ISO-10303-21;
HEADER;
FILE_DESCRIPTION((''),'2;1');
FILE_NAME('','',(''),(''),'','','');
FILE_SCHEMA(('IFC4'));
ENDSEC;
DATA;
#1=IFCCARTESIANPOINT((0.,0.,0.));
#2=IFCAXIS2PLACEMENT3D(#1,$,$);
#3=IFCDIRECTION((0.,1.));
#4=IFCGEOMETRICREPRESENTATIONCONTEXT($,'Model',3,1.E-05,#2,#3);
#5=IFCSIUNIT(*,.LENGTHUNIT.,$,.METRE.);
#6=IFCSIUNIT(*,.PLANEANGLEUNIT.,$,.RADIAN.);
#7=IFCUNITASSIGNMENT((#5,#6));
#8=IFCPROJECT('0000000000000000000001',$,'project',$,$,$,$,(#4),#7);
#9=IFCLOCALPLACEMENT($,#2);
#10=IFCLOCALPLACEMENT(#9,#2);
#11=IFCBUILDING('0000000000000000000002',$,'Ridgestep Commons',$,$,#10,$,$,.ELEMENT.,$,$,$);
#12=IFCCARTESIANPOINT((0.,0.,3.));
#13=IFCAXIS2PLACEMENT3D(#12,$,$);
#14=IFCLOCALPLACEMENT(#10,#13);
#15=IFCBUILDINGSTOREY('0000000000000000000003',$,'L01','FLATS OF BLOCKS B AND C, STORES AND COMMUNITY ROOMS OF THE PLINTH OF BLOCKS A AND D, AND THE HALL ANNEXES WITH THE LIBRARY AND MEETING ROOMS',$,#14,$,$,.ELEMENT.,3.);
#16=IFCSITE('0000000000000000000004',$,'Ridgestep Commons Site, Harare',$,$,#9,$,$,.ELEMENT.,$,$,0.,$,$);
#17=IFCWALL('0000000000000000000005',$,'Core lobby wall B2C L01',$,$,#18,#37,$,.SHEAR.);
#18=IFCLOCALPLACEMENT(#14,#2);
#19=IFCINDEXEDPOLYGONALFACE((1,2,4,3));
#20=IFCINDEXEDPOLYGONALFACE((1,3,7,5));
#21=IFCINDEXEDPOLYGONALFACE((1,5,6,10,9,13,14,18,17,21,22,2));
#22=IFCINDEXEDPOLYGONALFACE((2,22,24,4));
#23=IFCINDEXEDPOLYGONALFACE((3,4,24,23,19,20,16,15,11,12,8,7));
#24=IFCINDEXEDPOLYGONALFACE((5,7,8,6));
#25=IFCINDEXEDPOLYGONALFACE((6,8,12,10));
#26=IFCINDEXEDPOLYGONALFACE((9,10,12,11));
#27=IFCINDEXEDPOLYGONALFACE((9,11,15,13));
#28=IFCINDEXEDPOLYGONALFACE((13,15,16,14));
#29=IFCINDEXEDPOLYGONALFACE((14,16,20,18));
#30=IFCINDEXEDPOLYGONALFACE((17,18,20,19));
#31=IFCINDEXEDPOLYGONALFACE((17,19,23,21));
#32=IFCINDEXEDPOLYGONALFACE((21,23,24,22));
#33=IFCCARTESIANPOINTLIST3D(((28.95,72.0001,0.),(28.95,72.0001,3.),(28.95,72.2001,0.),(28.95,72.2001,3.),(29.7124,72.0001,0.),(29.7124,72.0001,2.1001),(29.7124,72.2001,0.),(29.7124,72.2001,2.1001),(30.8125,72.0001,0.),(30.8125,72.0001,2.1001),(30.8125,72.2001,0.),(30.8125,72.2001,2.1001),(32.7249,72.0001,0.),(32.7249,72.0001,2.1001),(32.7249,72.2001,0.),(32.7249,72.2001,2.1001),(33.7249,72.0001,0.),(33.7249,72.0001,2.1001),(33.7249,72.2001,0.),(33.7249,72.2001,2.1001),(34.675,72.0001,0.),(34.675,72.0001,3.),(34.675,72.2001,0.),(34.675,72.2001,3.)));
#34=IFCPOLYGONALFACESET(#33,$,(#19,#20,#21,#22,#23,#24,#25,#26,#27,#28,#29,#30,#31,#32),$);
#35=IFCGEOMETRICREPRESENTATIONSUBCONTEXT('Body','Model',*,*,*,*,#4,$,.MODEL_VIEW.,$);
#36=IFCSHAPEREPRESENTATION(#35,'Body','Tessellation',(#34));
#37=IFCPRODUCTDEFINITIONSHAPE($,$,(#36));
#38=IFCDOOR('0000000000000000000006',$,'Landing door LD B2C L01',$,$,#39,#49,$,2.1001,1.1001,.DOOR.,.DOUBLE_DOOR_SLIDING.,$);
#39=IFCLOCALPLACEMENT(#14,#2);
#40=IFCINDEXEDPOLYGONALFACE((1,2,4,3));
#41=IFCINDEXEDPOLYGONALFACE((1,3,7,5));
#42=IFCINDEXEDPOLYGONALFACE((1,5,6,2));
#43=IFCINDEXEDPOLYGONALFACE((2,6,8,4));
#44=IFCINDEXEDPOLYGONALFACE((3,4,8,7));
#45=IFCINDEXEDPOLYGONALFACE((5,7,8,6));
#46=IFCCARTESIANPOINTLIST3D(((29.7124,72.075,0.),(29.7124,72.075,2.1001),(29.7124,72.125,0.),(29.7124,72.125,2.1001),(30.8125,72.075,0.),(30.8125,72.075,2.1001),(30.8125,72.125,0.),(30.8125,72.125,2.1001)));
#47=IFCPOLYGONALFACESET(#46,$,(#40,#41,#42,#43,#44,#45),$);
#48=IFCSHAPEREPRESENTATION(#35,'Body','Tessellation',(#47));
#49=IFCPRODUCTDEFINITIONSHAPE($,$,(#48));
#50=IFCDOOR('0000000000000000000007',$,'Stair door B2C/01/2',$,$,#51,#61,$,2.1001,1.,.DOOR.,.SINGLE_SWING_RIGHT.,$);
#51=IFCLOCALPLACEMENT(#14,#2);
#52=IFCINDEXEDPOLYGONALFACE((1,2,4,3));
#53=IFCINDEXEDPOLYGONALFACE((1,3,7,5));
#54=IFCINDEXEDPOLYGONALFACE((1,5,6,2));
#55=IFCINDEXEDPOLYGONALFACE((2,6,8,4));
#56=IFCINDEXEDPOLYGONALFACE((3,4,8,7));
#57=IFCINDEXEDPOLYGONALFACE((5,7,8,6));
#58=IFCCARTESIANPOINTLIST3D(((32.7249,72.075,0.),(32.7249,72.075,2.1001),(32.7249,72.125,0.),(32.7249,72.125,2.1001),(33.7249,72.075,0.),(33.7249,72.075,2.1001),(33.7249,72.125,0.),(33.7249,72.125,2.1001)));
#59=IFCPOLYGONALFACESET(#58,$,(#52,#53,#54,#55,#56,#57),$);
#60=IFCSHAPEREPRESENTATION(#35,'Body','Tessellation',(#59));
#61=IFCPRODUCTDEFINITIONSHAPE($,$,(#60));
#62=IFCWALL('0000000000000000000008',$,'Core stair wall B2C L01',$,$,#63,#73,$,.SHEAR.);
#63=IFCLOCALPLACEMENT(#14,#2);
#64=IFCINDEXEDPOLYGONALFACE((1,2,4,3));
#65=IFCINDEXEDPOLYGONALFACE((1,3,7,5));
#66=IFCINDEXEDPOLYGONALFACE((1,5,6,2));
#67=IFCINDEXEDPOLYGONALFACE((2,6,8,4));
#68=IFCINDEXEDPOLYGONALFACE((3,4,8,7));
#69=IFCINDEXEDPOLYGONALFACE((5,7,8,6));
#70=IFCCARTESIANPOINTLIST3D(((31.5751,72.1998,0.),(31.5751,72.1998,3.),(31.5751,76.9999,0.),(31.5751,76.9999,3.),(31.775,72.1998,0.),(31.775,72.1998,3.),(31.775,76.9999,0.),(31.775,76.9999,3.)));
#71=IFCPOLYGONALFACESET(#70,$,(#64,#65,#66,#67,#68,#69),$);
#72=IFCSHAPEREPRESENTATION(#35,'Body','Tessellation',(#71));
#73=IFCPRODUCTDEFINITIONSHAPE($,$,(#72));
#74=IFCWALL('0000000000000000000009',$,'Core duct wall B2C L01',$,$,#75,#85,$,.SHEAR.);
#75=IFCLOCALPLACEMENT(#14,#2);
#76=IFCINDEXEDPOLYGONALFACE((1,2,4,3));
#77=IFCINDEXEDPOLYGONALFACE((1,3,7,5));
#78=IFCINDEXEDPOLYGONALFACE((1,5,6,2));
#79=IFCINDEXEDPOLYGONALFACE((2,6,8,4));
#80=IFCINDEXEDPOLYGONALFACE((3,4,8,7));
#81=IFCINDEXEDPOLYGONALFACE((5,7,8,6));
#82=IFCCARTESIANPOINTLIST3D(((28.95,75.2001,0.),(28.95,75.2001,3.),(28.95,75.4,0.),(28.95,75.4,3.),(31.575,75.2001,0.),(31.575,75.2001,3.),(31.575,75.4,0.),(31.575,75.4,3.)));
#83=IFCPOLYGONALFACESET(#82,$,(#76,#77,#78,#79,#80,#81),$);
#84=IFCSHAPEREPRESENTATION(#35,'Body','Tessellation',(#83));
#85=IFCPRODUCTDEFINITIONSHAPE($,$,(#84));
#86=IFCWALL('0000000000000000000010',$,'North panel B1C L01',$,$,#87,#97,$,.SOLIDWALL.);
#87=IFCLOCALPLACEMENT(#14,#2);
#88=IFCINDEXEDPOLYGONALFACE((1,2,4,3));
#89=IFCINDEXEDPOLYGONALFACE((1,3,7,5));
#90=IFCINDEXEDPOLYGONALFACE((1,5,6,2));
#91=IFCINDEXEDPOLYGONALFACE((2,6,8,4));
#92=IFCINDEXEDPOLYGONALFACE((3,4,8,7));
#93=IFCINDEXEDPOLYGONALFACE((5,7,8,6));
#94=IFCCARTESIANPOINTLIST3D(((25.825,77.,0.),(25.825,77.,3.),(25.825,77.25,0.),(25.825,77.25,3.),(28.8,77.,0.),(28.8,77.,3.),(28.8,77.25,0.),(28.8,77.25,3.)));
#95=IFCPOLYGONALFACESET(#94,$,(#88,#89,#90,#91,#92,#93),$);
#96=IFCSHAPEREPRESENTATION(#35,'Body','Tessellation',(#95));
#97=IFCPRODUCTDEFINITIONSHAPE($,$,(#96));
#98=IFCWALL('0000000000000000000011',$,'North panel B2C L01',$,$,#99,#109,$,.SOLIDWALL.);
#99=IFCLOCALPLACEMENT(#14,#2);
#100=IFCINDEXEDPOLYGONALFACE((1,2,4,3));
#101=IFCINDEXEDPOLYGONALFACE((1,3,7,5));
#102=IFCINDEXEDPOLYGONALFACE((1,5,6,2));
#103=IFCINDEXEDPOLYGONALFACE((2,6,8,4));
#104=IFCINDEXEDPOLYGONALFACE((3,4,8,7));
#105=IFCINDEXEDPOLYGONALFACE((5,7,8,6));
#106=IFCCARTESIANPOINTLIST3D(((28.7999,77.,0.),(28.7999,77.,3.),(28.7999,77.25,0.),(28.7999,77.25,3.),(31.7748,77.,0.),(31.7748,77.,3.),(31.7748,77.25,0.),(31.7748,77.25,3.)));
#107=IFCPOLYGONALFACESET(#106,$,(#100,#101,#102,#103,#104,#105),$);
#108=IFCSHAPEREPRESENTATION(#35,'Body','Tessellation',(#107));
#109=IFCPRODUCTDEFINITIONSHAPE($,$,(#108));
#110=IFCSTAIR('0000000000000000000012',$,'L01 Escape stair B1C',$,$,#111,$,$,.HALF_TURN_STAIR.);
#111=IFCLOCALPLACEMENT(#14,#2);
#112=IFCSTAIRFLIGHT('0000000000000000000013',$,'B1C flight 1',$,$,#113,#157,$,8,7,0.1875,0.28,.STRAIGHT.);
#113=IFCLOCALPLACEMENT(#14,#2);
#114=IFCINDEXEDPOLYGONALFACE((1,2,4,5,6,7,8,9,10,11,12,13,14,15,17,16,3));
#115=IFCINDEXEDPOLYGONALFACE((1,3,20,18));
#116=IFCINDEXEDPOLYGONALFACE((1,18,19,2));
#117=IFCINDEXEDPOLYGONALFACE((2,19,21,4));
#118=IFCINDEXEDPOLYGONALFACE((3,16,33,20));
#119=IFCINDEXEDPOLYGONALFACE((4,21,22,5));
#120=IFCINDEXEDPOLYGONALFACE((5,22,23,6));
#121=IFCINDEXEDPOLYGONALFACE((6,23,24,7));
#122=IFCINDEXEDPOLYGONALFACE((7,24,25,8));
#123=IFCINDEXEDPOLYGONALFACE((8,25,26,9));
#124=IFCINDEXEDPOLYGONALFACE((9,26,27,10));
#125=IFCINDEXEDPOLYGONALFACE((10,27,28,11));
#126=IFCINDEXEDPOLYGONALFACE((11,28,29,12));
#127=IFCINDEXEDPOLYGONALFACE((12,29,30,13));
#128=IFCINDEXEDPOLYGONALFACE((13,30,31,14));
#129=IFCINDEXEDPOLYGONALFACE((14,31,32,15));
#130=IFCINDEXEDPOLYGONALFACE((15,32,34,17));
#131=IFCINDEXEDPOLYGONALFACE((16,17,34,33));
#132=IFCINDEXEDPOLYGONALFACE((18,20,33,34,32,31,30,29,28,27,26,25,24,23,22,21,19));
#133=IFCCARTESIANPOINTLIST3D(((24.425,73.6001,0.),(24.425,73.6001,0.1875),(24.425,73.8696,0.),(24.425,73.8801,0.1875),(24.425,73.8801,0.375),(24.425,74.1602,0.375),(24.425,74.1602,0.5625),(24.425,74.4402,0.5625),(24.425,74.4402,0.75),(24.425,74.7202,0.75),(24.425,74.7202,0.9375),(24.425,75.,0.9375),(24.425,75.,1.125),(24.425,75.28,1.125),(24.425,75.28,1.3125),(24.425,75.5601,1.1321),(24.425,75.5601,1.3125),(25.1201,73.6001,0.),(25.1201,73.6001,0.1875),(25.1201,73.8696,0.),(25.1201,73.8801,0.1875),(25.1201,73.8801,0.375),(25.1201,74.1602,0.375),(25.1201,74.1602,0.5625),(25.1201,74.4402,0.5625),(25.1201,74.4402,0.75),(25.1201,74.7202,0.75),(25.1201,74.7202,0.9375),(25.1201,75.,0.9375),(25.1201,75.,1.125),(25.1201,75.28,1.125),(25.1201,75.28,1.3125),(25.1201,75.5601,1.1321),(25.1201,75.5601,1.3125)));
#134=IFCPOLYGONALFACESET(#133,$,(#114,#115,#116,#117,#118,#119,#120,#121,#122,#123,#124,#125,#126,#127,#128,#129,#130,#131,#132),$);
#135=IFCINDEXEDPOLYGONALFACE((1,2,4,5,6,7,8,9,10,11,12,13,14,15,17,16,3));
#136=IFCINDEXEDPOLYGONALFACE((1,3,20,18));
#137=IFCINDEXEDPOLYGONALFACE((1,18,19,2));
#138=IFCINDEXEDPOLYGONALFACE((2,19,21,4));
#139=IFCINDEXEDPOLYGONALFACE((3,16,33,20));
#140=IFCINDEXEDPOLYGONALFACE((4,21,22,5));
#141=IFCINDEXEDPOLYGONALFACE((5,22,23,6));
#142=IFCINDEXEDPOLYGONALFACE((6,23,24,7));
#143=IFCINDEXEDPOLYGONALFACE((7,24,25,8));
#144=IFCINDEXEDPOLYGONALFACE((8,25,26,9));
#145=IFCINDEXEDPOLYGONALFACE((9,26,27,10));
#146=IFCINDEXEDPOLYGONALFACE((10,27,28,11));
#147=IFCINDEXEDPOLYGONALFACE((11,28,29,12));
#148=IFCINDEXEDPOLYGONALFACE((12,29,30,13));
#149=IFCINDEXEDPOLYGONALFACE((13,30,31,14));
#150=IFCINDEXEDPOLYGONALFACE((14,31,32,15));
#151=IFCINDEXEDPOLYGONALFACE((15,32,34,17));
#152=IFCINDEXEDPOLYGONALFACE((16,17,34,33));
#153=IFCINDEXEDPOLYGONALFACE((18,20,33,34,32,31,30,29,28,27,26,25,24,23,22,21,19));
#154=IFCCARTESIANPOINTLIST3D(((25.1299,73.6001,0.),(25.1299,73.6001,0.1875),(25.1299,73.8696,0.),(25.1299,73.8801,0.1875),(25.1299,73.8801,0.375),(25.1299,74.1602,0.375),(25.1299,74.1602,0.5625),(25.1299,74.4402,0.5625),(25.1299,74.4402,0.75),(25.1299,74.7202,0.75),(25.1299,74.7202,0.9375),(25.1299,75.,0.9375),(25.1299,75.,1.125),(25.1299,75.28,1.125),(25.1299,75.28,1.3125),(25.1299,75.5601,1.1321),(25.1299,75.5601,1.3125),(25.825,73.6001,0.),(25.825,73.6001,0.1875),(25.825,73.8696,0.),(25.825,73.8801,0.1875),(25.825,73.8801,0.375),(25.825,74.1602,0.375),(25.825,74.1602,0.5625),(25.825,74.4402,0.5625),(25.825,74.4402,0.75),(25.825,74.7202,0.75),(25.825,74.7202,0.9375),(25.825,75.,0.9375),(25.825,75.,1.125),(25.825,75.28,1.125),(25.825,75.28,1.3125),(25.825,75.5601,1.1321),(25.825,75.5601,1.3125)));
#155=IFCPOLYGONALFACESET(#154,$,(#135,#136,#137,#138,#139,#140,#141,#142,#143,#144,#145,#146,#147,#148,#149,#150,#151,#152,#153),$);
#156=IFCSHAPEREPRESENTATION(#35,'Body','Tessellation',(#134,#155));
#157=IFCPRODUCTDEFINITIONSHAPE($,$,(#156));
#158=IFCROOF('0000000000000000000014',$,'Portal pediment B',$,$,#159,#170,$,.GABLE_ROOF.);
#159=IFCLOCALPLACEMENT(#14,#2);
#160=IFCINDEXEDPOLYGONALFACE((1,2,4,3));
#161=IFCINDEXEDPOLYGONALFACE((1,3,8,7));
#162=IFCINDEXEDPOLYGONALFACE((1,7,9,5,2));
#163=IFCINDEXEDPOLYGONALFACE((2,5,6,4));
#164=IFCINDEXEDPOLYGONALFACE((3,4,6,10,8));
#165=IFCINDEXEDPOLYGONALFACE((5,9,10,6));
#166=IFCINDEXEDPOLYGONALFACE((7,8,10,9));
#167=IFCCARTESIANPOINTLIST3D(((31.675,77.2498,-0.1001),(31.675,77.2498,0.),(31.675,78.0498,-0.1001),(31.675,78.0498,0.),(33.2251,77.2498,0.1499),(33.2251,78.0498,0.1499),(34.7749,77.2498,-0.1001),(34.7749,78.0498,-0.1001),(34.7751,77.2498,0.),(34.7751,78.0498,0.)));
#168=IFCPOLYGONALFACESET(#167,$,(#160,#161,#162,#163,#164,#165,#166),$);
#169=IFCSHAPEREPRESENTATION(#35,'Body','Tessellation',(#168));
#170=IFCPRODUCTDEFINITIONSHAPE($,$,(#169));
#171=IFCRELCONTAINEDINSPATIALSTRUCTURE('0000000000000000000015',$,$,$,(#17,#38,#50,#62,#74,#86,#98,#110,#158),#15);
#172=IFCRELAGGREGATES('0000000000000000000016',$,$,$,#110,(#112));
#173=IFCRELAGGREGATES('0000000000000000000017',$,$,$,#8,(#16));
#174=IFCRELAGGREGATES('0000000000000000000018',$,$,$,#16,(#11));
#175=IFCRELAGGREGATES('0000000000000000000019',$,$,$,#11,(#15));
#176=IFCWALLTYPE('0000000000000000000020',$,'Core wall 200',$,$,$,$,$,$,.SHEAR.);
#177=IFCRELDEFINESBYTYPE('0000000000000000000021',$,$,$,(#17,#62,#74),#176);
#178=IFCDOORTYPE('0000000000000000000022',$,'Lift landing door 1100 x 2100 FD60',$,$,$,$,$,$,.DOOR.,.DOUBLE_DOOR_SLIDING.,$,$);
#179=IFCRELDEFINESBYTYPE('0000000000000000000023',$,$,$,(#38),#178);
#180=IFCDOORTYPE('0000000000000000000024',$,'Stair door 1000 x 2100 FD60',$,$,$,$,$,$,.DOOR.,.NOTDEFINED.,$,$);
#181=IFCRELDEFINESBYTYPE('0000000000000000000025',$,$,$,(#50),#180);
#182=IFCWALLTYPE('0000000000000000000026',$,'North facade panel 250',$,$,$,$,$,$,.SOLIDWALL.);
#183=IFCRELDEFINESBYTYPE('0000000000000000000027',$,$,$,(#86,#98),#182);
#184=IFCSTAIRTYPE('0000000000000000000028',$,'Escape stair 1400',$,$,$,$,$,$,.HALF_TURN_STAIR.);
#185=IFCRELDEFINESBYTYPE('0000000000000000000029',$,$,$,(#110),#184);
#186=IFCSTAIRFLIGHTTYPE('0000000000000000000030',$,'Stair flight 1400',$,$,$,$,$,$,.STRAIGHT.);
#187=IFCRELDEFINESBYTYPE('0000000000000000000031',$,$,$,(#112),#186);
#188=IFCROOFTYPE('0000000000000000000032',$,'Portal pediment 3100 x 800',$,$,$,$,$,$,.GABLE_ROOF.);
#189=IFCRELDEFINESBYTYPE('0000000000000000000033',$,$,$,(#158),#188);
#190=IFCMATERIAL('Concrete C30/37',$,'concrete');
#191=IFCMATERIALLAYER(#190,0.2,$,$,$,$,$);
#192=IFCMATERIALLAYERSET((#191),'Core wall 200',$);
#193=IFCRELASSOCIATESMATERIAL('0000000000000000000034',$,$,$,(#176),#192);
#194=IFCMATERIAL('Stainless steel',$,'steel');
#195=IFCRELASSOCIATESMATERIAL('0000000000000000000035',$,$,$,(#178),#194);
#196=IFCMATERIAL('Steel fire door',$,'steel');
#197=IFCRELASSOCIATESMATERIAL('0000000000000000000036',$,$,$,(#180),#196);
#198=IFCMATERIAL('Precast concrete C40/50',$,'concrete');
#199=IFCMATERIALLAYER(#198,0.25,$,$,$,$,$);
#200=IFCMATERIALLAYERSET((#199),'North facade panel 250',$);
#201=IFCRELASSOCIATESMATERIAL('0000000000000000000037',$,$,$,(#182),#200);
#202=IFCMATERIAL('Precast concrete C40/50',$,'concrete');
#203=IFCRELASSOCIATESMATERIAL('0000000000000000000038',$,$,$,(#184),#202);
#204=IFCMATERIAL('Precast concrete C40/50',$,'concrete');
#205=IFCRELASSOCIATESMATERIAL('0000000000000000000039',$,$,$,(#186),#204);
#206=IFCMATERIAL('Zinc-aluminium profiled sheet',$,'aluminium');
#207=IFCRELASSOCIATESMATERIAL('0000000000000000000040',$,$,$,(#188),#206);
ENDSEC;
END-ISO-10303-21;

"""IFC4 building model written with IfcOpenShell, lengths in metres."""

from ifc_helpers import new_model, si_unit, direction, frame, frame_2d, origin, place, context, subcontext, project, spatial, polyline, rectangle, outline, extrude, material, layer, layer_set, type_object, element, fill, aggregate, save


model = new_model("IFC4")

# Units and contexts
model_context = context("Model", 3, precision=1e-05, world=origin(), true_north=direction((0.0, 1.0)))
body_context = subcontext(model_context, "Body", "Model", "MODEL_VIEW")
ifc_project = project(units=[si_unit("LENGTHUNIT", "METRE"), si_unit("PLANEANGLEUNIT", "RADIAN")], contexts=[model_context])

# Site, building, storey
site_placement = place(None, origin())
site = spatial("IfcSite", under=ifc_project, at=site_placement, Name="Ridgestep Commons Site, Harare", CompositionType="ELEMENT", RefElevation=0.0)
building_placement = place(site_placement, origin())
building = spatial("IfcBuilding", under=site, at=building_placement, Name="Ridgestep Commons", CompositionType="ELEMENT")
storey_placement = place(building_placement, frame((0.0, 0.0, 3.0)))
storey = spatial("IfcBuildingStorey", under=building, at=storey_placement, Name="L01", Description="FLATS OF BLOCKS B AND C, STORES AND COMMUNITY ROOMS OF THE PLINTH OF BLOCKS A AND D, AND THE HALL ANNEXES WITH THE LIBRARY AND MEETING ROOMS", CompositionType="ELEMENT", Elevation=3.0)

# Shared definitions
ifc_material_1 = material(Name="Concrete C30/37", Category="concrete")
ifc_layer_1 = layer(ifc_material_1, 0.2)
ifc_layer_set_1 = layer_set([ifc_layer_1], Name="Core wall 200")
wall_type_1 = type_object("IfcWallType", Name="Core wall 200", PredefinedType="SHEAR", material=ifc_layer_set_1)

# Wall, openings, doors
wall_1_placement = place(storey_placement, frame((28.95, 72.1001, 0.0), z_axis=(0.0, 0.0, 1.0), x_axis=(1.0, 0.0, 0.0)))
wall_1 = element("IfcWall", 1, at=wall_1_placement, inside=storey, type_object=wall_type_1, Name="Core lobby wall B2C L01", PredefinedType="SHEAR", context=body_context, shape_type="SweptSolid", body=[
    extrude(rectangle(XDim=5.7251, YDim=0.2, at=frame_2d((2.8625, 0.0))), origin(), (0.0, 0.0, 1.0), 3.0),
])
opening_1_placement = place(wall_1_placement, frame((3.7749, 0.0, 0.0)))
opening_1 = element("IfcOpeningElement", 2, at=opening_1_placement, cuts=wall_1, PredefinedType="OPENING", context=body_context, shape_type="SweptSolid", body=[
    extrude(rectangle(XDim=1.0, YDim=2.1001, at=frame_2d((0.5, 1.05))), frame((0.0, 0.1099, 0.0), z_axis=(0.0, -1.0, 0.0), x_axis=(1.0, 0.0, 0.0)), (0.0, 0.0, 1.0), 0.22),
])
opening_2_placement = place(wall_1_placement, frame((0.7625, 0.0, 0.0)))
opening_2 = element("IfcOpeningElement", 3, at=opening_2_placement, cuts=wall_1, PredefinedType="OPENING", context=body_context, shape_type="SweptSolid", body=[
    extrude(rectangle(XDim=1.1001, YDim=2.1001, at=frame_2d((0.55, 1.05))), frame((0.0, 0.1099, 0.0), z_axis=(0.0, -1.0, 0.0), x_axis=(1.0, 0.0, 0.0)), (0.0, 0.0, 1.0), 0.22),
])
ifc_material_2 = material(Name="Stainless steel", Category="steel")
door_type_1 = type_object("IfcDoorType", Name="Lift landing door 1100 x 2100 FD60", OperationType="DOUBLE_DOOR_SLIDING", PredefinedType="DOOR", material=ifc_material_2)
door_1_placement = place(opening_2_placement, origin())
door_1 = element("IfcDoor", 4, at=door_1_placement, inside=storey, type_object=door_type_1, Name="Landing door LD B2C L01", OperationType="DOUBLE_DOOR_SLIDING", OverallHeight=2.1001, OverallWidth=1.1001, PredefinedType="DOOR", context=body_context, shape_type="SweptSolid", body=[
    extrude(rectangle(XDim=1.1001, YDim=2.1001, at=frame_2d((0.55, 1.05))), frame((0.0, 0.0249, 0.0), z_axis=(0.0, -1.0, 0.0), x_axis=(1.0, 0.0, 0.0)), (0.0, 0.0, 1.0), 0.05),
])
fill(opening_2, door_1)
ifc_material_3 = material(Name="Steel fire door", Category="steel")
door_type_2 = type_object("IfcDoorType", Name="Stair door 1000 x 2100 FD60", OperationType="NOTDEFINED", PredefinedType="DOOR", material=ifc_material_3)
door_2_placement = place(opening_1_placement, origin())
door_2 = element("IfcDoor", 5, at=door_2_placement, inside=storey, type_object=door_type_2, Name="Stair door B2C/01/2", OperationType="SINGLE_SWING_RIGHT", OverallHeight=2.1001, OverallWidth=1.0, PredefinedType="DOOR", context=body_context, shape_type="SweptSolid", body=[
    extrude(rectangle(XDim=1.0, YDim=2.1001, at=frame_2d((0.5, 1.05))), frame((0.0, 0.0249, 0.0), z_axis=(0.0, -1.0, 0.0), x_axis=(1.0, 0.0, 0.0)), (0.0, 0.0, 1.0), 0.05),
])
fill(opening_1, door_2)

# Walls
wall_2_placement = place(storey_placement, frame((31.675, 72.2, 0.0), z_axis=(0.0, 0.0, 1.0), x_axis=(0.0, 1.0, 0.0)))
element("IfcWall", 6, at=wall_2_placement, inside=storey, type_object=wall_type_1, Name="Core stair wall B2C L01", PredefinedType="SHEAR", context=body_context, shape_type="SweptSolid", body=[
    extrude(rectangle(XDim=4.8, YDim=0.2, at=frame_2d((2.3999, 0.0))), origin(), (0.0, 0.0, 1.0), 3.0),
])
wall_3_placement = place(storey_placement, frame((28.95, 75.3, 0.0), z_axis=(0.0, 0.0, 1.0), x_axis=(1.0, 0.0, 0.0)))
element("IfcWall", 7, at=wall_3_placement, inside=storey, type_object=wall_type_1, Name="Core duct wall B2C L01", PredefinedType="SHEAR", context=body_context, shape_type="SweptSolid", body=[
    extrude(rectangle(XDim=2.625, YDim=0.2, at=frame_2d((1.3125, 0.0))), origin(), (0.0, 0.0, 1.0), 3.0),
])
ifc_material_4 = material(Name="Precast concrete C40/50", Category="concrete")
ifc_layer_2 = layer(ifc_material_4, 0.25)
ifc_layer_set_2 = layer_set([ifc_layer_2], Name="North facade panel 250")
wall_type_2 = type_object("IfcWallType", Name="North facade panel 250", PredefinedType="SOLIDWALL", material=ifc_layer_set_2)
wall_4_placement = place(storey_placement, frame((25.825, 77.125, 0.0), z_axis=(0.0, 0.0, 1.0), x_axis=(1.0, 0.0, 0.0)))
element("IfcWall", 8, at=wall_4_placement, inside=storey, type_object=wall_type_2, Name="North panel B1C L01", PredefinedType="SOLIDWALL", context=body_context, shape_type="SweptSolid", body=[
    extrude(rectangle(XDim=2.9751, YDim=0.25, at=frame_2d((1.4875, 0.0))), origin(), (0.0, 0.0, 1.0), 3.0),
])
wall_5_placement = place(storey_placement, frame((28.8, 77.125, 0.0), z_axis=(0.0, 0.0, 1.0), x_axis=(1.0, 0.0, 0.0)))
element("IfcWall", 9, at=wall_5_placement, inside=storey, type_object=wall_type_2, Name="North panel B2C L01", PredefinedType="SOLIDWALL", context=body_context, shape_type="SweptSolid", body=[
    extrude(rectangle(XDim=2.9749, YDim=0.25, at=frame_2d((1.4873, 0.0))), origin(), (0.0, 0.0, 1.0), 3.0),
])

# Stair, stair flight
ifc_material_5 = material(Name="Precast concrete C40/50", Category="concrete")
stair_type = type_object("IfcStairType", Name="Escape stair 1400", PredefinedType="HALF_TURN_STAIR", material=ifc_material_5)
stair_placement = place(storey_placement, origin())
stair = element("IfcStair", 10, at=stair_placement, inside=storey, type_object=stair_type, Name="L01 Escape stair B1C", PredefinedType="HALF_TURN_STAIR")
ifc_material_6 = material(Name="Precast concrete C40/50", Category="concrete")
stair_flight_type = type_object("IfcStairFlightType", Name="Stair flight 1400", PredefinedType="STRAIGHT", material=ifc_material_6)
stair_flight_placement = place(storey_placement, frame((25.125, 73.6001, 0.0), z_axis=(0.0, 0.0, 1.0), x_axis=(0.0, 1.0, 0.0)))
stair_flight = element("IfcStairFlight", 11, at=stair_flight_placement, type_object=stair_flight_type, Name="B1C flight 1", NumberOfRisers=8, NumberOfTreads=7, PredefinedType="STRAIGHT", RiserHeight=0.1875, TreadLength=0.28, context=body_context, shape_type="SweptSolid", body=[
    extrude(outline(polyline([(0.0, 0.0), (0.0, 0.1875), (0.28, 0.1875), (0.28, 0.375), (0.5601, 0.375), (0.5601, 0.5625), (0.8401, 0.5625), (0.8401, 0.75), (1.1201, 0.75), (1.1201, 0.9375), (1.3999, 0.9375), (1.3999, 1.125), (1.6799, 1.125), (1.6799, 1.3125), (1.96, 1.3125), (1.96, 1.5), (1.96, 1.1321), (0.2695, 0.0), (0.0, 0.0)])), frame((0.0, 0.7, 0.0), z_axis=(0.0, -1.0, 0.0), x_axis=(1.0, 0.0, 0.0)), (0.0, 0.0, 1.0), 0.6951),
    extrude(outline(polyline([(0.0, 0.0), (0.0, 0.1875), (0.28, 0.1875), (0.28, 0.375), (0.5601, 0.375), (0.5601, 0.5625), (0.8401, 0.5625), (0.8401, 0.75), (1.1201, 0.75), (1.1201, 0.9375), (1.3999, 0.9375), (1.3999, 1.125), (1.6799, 1.125), (1.6799, 1.3125), (1.96, 1.3125), (1.96, 1.5), (1.96, 1.1321), (0.2695, 0.0), (0.0, 0.0)])), frame((0.0, -0.0049, 0.0), z_axis=(0.0, -1.0, 0.0), x_axis=(1.0, 0.0, 0.0)), (0.0, 0.0, 1.0), 0.6951),
])
aggregate(stair, [stair_flight])

# Roof
ifc_material_7 = material(Name="Zinc-aluminium profiled sheet", Category="aluminium")
roof_type = type_object("IfcRoofType", Name="Portal pediment 3100 x 800", PredefinedType="GABLE_ROOF", material=ifc_material_7)
roof_placement = place(storey_placement, frame((31.675, 77.6499, -0.1001), z_axis=(0.0, 0.0, 1.0), x_axis=(1.0, 0.0, 0.0)))
element("IfcRoof", 12, at=roof_placement, inside=storey, type_object=roof_type, Name="Portal pediment B", PredefinedType="GABLE_ROOF", context=body_context, shape_type="SweptSolid", body=[
    extrude(outline(polyline([(0.0, 0.0), (3.0999, 0.0), (3.1001, 0.1001), (1.55, 0.25), (0.0, 0.1001), (0.0, 0.0)])), frame((0.0, 0.3999, 0.0), z_axis=(0.0, -1.0, 0.0), x_axis=(1.0, 0.0, 0.0)), (0.0, 0.0, 1.0), 0.8),
])

save(model, "model.ifc")
